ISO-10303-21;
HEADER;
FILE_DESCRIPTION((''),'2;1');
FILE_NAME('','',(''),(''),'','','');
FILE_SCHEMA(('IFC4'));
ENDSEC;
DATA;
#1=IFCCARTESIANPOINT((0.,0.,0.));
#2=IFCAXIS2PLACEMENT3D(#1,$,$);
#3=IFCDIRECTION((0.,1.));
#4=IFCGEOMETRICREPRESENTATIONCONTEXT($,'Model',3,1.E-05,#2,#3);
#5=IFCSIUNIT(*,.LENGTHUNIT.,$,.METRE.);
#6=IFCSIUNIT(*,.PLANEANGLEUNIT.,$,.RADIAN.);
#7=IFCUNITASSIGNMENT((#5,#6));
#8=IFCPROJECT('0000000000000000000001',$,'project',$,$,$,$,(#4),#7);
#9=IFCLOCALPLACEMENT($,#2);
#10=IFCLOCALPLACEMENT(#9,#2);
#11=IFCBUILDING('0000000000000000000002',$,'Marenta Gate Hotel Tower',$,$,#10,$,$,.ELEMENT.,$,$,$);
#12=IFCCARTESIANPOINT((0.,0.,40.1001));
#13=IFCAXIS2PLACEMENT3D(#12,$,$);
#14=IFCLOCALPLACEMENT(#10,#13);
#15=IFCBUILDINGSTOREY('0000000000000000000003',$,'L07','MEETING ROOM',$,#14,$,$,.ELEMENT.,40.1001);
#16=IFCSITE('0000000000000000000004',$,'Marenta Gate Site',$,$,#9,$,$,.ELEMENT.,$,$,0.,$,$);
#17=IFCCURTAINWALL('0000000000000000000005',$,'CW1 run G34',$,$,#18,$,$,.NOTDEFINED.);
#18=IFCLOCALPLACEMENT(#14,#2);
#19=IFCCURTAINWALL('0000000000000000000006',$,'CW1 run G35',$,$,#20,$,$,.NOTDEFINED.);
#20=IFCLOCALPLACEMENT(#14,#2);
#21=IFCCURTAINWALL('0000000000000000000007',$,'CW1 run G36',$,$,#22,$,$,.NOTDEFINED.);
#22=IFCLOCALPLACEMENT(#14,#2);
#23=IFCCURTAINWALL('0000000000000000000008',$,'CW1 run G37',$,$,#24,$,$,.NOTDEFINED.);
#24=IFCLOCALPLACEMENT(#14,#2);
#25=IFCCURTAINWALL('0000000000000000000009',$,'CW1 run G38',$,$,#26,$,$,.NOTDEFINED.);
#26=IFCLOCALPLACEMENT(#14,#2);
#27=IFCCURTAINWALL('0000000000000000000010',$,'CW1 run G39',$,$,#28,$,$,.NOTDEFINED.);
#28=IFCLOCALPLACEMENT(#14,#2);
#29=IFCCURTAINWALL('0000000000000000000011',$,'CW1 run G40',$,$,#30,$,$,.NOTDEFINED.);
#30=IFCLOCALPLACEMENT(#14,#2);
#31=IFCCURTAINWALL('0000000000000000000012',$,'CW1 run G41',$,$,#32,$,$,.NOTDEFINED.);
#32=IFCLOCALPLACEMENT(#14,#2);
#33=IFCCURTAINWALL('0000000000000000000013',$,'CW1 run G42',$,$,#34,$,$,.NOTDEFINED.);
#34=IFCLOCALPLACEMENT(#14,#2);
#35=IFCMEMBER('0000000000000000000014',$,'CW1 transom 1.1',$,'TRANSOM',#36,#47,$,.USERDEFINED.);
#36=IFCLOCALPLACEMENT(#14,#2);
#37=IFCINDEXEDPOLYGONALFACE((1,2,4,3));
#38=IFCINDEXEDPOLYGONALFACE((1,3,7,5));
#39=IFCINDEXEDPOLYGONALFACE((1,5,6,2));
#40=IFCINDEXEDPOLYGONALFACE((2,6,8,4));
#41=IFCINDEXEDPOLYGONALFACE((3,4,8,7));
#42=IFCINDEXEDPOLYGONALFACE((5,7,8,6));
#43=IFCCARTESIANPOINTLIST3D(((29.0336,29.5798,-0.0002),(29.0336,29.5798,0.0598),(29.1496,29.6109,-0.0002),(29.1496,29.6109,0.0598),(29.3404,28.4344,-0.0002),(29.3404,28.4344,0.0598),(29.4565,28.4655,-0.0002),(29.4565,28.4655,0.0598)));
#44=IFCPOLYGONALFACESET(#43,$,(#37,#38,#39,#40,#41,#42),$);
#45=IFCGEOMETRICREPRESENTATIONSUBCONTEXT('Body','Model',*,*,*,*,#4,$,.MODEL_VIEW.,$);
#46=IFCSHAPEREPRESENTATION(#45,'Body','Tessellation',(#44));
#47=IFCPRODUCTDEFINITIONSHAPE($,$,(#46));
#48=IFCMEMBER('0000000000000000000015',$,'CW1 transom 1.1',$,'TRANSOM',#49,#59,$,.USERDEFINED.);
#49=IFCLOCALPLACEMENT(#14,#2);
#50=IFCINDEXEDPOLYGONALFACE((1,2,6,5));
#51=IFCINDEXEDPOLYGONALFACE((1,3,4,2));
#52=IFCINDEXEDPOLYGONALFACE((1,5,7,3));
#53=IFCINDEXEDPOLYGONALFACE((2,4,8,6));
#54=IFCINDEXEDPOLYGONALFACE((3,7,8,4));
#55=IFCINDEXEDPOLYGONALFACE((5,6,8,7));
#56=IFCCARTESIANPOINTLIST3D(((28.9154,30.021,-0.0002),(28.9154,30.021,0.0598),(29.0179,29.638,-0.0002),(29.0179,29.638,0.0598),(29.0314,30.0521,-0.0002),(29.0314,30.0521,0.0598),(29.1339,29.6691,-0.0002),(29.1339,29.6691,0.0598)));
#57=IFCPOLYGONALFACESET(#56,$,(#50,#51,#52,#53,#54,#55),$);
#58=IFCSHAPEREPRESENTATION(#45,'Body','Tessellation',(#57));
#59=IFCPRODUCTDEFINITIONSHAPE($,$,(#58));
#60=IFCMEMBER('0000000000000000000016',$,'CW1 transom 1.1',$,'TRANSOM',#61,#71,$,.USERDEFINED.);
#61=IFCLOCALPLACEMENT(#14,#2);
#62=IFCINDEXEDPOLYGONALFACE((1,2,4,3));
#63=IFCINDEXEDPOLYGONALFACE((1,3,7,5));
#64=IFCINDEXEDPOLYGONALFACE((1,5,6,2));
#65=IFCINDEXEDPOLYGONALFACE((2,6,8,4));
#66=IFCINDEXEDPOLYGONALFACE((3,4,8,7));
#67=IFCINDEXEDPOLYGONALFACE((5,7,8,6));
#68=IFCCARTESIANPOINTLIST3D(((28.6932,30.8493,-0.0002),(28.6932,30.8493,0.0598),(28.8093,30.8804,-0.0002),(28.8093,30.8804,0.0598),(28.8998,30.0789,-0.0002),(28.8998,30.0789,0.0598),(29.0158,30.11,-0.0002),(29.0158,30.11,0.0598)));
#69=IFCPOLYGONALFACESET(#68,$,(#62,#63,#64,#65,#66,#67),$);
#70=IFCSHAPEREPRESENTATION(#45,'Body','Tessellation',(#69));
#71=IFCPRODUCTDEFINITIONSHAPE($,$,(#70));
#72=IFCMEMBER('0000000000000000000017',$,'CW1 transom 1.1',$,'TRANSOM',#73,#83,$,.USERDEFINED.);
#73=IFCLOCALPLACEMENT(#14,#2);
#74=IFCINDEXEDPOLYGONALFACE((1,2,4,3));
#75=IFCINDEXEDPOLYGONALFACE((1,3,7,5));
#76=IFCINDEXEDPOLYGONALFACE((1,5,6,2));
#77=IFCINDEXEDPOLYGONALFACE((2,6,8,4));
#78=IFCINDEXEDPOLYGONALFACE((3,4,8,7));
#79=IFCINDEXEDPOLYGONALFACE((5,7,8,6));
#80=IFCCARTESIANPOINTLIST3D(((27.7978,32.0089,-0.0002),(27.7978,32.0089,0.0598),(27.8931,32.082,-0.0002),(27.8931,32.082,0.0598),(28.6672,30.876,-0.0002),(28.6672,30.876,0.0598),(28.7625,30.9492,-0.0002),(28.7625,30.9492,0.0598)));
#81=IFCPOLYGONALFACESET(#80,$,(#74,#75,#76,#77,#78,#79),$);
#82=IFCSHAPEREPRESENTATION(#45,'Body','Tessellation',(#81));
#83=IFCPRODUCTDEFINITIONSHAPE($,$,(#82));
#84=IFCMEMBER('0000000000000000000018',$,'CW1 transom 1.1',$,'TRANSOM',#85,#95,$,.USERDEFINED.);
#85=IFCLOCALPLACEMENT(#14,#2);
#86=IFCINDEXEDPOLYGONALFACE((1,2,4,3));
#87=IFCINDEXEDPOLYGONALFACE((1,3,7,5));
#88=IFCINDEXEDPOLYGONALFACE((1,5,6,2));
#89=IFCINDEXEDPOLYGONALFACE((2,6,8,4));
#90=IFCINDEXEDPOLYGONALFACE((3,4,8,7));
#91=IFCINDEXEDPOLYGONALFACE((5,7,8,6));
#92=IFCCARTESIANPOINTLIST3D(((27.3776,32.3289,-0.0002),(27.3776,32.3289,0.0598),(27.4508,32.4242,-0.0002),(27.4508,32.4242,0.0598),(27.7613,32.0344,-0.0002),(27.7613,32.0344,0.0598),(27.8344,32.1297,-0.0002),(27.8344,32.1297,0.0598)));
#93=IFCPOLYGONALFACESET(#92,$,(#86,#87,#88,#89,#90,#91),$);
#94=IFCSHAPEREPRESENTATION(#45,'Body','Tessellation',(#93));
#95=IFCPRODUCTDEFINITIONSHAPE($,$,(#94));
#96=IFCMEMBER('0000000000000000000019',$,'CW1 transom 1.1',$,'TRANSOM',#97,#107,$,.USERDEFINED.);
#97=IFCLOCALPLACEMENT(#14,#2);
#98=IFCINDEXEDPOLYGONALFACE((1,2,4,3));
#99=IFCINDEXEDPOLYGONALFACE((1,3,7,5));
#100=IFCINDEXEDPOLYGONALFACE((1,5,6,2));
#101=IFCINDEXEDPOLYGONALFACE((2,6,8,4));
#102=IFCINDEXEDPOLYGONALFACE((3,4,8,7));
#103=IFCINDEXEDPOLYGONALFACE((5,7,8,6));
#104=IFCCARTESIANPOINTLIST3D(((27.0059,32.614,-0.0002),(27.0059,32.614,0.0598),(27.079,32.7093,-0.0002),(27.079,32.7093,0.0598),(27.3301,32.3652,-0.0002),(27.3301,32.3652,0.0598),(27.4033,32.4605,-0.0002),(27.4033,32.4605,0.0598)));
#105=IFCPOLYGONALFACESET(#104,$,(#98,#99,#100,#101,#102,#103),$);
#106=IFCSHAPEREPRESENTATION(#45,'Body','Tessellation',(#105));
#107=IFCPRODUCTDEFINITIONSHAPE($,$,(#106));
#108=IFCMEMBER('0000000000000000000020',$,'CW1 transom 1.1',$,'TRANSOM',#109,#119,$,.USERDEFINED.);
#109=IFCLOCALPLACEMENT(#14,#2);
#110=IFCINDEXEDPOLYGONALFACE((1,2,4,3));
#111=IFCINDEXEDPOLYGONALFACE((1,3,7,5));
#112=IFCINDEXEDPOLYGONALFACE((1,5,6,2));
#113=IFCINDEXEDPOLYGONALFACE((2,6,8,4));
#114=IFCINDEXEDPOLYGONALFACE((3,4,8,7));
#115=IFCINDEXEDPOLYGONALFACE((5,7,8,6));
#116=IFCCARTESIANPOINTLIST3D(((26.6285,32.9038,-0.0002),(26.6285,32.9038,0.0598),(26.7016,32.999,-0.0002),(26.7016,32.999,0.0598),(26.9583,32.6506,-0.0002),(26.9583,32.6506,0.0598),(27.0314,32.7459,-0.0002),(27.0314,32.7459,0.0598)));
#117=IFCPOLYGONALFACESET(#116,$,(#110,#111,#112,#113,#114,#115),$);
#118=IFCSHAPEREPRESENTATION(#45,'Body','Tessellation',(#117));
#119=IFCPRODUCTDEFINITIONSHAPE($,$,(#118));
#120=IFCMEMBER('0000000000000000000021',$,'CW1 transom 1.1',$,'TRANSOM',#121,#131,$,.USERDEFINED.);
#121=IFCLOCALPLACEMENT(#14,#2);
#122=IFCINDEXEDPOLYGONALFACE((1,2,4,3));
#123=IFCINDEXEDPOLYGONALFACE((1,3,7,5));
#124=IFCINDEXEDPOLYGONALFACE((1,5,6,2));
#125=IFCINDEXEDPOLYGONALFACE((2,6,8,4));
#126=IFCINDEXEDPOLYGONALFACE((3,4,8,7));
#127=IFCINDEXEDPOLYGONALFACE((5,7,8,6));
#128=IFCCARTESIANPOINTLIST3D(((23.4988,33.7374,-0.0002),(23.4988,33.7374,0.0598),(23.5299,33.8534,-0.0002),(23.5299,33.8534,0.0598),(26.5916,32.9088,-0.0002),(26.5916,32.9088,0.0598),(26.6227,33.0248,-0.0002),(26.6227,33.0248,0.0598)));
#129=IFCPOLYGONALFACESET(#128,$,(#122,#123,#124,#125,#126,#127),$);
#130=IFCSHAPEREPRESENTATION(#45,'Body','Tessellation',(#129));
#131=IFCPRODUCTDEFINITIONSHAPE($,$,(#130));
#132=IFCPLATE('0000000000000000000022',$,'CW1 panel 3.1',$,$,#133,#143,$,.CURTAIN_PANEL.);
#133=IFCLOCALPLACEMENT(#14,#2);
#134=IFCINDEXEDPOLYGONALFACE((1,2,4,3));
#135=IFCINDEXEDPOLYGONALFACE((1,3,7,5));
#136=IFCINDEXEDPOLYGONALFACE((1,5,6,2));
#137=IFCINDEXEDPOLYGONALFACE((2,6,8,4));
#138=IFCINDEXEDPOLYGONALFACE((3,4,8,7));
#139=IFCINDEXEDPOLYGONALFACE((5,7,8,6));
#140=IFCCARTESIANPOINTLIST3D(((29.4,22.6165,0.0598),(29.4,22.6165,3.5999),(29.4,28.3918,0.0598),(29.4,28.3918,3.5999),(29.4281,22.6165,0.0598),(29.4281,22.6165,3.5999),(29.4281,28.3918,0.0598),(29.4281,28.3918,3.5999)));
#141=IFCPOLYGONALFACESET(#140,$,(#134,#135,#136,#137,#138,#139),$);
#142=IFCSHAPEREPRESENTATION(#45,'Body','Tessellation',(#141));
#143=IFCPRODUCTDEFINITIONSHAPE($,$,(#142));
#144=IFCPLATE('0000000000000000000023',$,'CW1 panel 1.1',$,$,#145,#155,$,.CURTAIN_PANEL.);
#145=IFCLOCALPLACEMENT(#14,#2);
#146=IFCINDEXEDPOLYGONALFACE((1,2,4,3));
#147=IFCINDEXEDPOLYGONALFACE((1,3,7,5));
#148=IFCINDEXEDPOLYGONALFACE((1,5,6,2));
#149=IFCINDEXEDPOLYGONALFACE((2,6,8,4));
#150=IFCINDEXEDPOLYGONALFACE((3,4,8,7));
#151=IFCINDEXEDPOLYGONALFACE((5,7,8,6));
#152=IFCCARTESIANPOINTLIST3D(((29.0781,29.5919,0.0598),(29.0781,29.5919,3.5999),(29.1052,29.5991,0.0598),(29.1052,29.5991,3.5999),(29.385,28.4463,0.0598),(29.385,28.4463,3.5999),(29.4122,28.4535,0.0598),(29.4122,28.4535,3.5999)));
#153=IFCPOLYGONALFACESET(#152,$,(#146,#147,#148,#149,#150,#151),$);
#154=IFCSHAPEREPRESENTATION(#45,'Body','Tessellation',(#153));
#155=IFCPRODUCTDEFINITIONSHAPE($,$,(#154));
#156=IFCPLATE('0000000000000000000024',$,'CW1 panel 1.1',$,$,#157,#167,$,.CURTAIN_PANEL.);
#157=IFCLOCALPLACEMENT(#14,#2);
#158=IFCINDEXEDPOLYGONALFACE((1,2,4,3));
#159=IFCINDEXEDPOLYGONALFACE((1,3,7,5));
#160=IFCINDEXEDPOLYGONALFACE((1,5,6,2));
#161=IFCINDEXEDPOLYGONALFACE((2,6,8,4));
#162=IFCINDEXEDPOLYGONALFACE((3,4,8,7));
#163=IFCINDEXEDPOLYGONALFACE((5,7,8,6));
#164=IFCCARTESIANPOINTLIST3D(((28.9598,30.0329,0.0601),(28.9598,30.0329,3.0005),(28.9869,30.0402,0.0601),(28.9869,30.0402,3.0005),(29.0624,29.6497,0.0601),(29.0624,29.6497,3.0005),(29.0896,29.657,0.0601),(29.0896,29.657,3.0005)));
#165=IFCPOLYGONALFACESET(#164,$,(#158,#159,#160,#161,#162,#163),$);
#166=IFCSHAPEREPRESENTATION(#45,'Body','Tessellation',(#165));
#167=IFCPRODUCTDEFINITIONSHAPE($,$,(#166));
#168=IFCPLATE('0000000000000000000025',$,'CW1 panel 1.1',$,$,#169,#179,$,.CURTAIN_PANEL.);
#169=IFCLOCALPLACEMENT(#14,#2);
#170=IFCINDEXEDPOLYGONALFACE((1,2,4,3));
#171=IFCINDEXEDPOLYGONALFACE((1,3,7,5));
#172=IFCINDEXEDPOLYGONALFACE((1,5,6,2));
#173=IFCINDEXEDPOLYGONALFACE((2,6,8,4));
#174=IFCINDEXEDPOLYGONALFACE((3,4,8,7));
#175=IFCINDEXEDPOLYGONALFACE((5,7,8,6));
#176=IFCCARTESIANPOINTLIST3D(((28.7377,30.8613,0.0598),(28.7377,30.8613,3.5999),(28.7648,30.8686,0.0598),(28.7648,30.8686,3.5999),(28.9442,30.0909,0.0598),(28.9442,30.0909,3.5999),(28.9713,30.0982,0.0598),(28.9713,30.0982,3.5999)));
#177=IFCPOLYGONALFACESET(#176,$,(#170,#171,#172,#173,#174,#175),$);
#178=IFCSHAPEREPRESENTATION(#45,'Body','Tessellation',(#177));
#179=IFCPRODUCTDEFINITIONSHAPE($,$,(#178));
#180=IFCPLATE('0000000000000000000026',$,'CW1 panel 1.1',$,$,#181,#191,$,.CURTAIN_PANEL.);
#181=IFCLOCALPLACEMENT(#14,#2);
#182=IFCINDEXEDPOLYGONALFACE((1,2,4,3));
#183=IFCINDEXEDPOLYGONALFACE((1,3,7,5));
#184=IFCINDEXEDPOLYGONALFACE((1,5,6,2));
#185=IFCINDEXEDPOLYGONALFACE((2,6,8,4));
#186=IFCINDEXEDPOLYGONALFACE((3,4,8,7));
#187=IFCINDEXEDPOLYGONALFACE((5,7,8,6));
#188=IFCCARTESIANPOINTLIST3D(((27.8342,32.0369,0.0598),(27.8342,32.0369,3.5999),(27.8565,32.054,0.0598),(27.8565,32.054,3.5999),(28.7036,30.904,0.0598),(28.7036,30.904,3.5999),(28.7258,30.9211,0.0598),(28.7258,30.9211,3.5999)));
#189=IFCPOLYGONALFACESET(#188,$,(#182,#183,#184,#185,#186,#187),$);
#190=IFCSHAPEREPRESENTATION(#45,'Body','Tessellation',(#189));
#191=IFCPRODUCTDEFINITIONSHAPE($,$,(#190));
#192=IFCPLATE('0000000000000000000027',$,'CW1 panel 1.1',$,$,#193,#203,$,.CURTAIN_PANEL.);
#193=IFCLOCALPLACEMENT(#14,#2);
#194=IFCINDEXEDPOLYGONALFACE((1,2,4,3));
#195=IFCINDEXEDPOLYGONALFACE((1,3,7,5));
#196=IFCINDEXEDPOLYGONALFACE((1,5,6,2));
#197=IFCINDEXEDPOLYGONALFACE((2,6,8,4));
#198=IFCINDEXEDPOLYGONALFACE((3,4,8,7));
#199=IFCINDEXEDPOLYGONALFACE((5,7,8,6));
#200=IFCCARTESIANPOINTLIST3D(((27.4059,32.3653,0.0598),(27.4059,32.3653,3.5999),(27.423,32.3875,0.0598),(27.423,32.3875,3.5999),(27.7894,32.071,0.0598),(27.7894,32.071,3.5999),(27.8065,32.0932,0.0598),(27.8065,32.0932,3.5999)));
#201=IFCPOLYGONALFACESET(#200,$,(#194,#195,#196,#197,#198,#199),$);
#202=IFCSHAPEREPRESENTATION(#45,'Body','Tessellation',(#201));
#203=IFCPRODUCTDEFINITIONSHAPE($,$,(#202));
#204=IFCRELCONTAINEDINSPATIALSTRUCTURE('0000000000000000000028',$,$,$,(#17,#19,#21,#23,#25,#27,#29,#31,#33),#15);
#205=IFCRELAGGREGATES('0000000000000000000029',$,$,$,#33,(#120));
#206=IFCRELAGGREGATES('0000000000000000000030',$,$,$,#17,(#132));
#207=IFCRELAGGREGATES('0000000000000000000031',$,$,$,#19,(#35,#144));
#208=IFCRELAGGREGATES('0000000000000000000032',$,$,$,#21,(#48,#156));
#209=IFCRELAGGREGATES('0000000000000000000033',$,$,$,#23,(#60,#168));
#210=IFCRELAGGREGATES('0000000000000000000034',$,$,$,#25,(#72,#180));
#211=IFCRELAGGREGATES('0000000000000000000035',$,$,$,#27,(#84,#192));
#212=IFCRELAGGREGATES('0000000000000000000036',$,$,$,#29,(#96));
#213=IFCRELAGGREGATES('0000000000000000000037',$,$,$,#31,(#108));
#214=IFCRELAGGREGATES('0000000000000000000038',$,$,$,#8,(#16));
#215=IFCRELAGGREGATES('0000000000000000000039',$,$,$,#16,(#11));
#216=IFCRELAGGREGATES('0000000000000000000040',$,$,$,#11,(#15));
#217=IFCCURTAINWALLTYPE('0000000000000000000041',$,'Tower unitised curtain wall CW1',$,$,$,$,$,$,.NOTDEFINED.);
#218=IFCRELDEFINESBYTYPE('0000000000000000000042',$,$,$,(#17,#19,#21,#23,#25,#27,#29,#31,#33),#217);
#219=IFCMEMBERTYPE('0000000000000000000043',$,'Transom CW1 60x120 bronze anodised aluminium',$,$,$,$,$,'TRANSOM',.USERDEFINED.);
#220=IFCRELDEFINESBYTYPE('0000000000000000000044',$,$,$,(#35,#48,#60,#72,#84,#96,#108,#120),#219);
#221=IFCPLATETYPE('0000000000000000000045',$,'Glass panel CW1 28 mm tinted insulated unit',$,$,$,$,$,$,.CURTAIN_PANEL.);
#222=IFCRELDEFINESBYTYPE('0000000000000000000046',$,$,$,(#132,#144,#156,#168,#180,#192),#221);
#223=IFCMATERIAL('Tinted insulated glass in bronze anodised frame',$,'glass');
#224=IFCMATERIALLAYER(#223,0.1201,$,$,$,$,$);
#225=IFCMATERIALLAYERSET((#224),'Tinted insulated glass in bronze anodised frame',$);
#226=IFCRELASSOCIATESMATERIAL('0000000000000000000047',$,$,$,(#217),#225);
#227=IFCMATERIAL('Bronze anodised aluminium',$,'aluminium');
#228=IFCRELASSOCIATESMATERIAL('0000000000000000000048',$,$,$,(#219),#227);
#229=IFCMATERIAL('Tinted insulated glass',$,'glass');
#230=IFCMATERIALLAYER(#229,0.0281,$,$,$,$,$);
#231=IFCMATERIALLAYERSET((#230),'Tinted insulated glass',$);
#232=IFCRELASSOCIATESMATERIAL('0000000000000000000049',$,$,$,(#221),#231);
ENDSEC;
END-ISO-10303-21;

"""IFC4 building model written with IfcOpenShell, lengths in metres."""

from ifc_helpers import new_model, si_unit, direction, frame, origin, origin_2d, place, context, subcontext, project, spatial, rectangle, extrude, material, layer, layer_set, material_profile, profile_set, type_object, element, aggregate, save


model = new_model("IFC4")

# Units and contexts
model_context = context("Model", 3, precision=1e-05, world=origin(), true_north=direction((0.0, 1.0)))
body_context = subcontext(model_context, "Body", "Model", "MODEL_VIEW")
ifc_project = project(units=[si_unit("LENGTHUNIT", "METRE"), si_unit("PLANEANGLEUNIT", "RADIAN")], contexts=[model_context])

# Site, building, storey
site_placement = place(None, origin())
site = spatial("IfcSite", under=ifc_project, at=site_placement, Name="Marenta Gate Site", CompositionType="ELEMENT", RefElevation=0.0)
building_placement = place(site_placement, origin())
building = spatial("IfcBuilding", under=site, at=building_placement, Name="Marenta Gate Hotel Tower", CompositionType="ELEMENT")
storey_placement = place(building_placement, frame((0.0, 0.0, 40.1001)))
storey = spatial("IfcBuildingStorey", under=building, at=storey_placement, Name="L07", Description="MEETING ROOM", CompositionType="ELEMENT", Elevation=40.1001)

# Curtain walls
ifc_material_1 = material(Name="Tinted insulated glass in bronze anodised frame", Category="glass")
ifc_layer_1 = layer(ifc_material_1, 0.1201)
ifc_layer_set_1 = layer_set([ifc_layer_1], Name="Tinted insulated glass in bronze anodised frame")
curtain_wall_type = type_object("IfcCurtainWallType", Name="Tower unitised curtain wall CW1", PredefinedType="NOTDEFINED", material=ifc_layer_set_1)
curtain_wall_1_placement = place(storey_placement, origin())
curtain_wall_1 = element("IfcCurtainWall", 1, at=curtain_wall_1_placement, inside=storey, type_object=curtain_wall_type, Name="CW1 run G34", PredefinedType="NOTDEFINED")
curtain_wall_2_placement = place(storey_placement, origin())
curtain_wall_2 = element("IfcCurtainWall", 2, at=curtain_wall_2_placement, inside=storey, type_object=curtain_wall_type, Name="CW1 run G35", PredefinedType="NOTDEFINED")
curtain_wall_3_placement = place(storey_placement, origin())
curtain_wall_3 = element("IfcCurtainWall", 3, at=curtain_wall_3_placement, inside=storey, type_object=curtain_wall_type, Name="CW1 run G36", PredefinedType="NOTDEFINED")
curtain_wall_4_placement = place(storey_placement, origin())
curtain_wall_4 = element("IfcCurtainWall", 4, at=curtain_wall_4_placement, inside=storey, type_object=curtain_wall_type, Name="CW1 run G37", PredefinedType="NOTDEFINED")
curtain_wall_5_placement = place(storey_placement, origin())
curtain_wall_5 = element("IfcCurtainWall", 5, at=curtain_wall_5_placement, inside=storey, type_object=curtain_wall_type, Name="CW1 run G38", PredefinedType="NOTDEFINED")
curtain_wall_6_placement = place(storey_placement, origin())
curtain_wall_6 = element("IfcCurtainWall", 6, at=curtain_wall_6_placement, inside=storey, type_object=curtain_wall_type, Name="CW1 run G39", PredefinedType="NOTDEFINED")
curtain_wall_7_placement = place(storey_placement, origin())
curtain_wall_7 = element("IfcCurtainWall", 7, at=curtain_wall_7_placement, inside=storey, type_object=curtain_wall_type, Name="CW1 run G40", PredefinedType="NOTDEFINED")
curtain_wall_8_placement = place(storey_placement, origin())
curtain_wall_8 = element("IfcCurtainWall", 8, at=curtain_wall_8_placement, inside=storey, type_object=curtain_wall_type, Name="CW1 run G41", PredefinedType="NOTDEFINED")
curtain_wall_9_placement = place(storey_placement, origin())
curtain_wall_9 = element("IfcCurtainWall", 9, at=curtain_wall_9_placement, inside=storey, type_object=curtain_wall_type, Name="CW1 run G42", PredefinedType="NOTDEFINED")

# Members
ifc_material_2 = material(Name="Bronze anodised aluminium", Category="aluminium")
ifc_material_profile_1 = material_profile(ifc_material_2, rectangle(XDim=0.1201, YDim=0.0601, at=origin_2d()), Name="Transom CW1 60x120 bronze anodised aluminium")
ifc_profile_set_1 = profile_set([ifc_material_profile_1], Name="Bronze anodised aluminium")
member_type_1 = type_object("IfcMemberType", Name="Transom CW1 60x120 bronze anodised aluminium", ElementType="TRANSOM", PredefinedType="USERDEFINED", material=ifc_profile_set_1)
member_1_placement = place(storey_placement, frame((29.3984, 28.45, 0.0298), z_axis=(-0.258777, 0.965937, 0.0), x_axis=(-0.965937, -0.258777, 0.0)))
member_1 = element("IfcMember", 10, at=member_1_placement, type_object=member_type_1, Name="CW1 transom 1.1", ObjectType="TRANSOM", PredefinedType="USERDEFINED", context=body_context, shape_type="SweptSolid", body=[
    extrude(rectangle(XDim=0.1201, YDim=0.0601, at=origin_2d()), origin(), (0.0, 0.0, 1.0), 1.1858),
])
member_2_placement = place(storey_placement, frame((29.0759, 29.6536, 0.0298), z_axis=(-0.258582, 0.965989, 0.0), x_axis=(-0.965989, -0.258582, 0.0)))
member_2 = element("IfcMember", 11, at=member_2_placement, type_object=member_type_1, Name="CW1 transom 1.1", ObjectType="TRANSOM", PredefinedType="USERDEFINED", context=body_context, shape_type="SweptSolid", body=[
    extrude(rectangle(XDim=0.1201, YDim=0.0601, at=origin_2d()), origin(), (0.0, 0.0, 1.0), 0.3965),
])
member_3_placement = place(storey_placement, frame((28.9578, 30.0945, 0.0298), z_axis=(-0.25892, 0.965899, 0.0), x_axis=(-0.965899, -0.25892, 0.0)))
member_3 = element("IfcMember", 12, at=member_3_placement, type_object=member_type_1, Name="CW1 transom 1.1", ObjectType="TRANSOM", PredefinedType="USERDEFINED", context=body_context, shape_type="SweptSolid", body=[
    extrude(rectangle(XDim=0.1201, YDim=0.0601, at=origin_2d()), origin(), (0.0, 0.0, 1.0), 0.7976),
])
member_4_placement = place(storey_placement, frame((28.7148, 30.9126, 0.0298), z_axis=(-0.608826, 0.793304, 0.0), x_axis=(-0.793304, -0.608826, 0.0)))
member_4 = element("IfcMember", 13, at=member_4_placement, type_object=member_type_1, Name="CW1 transom 1.1", ObjectType="TRANSOM", PredefinedType="USERDEFINED", context=body_context, shape_type="SweptSolid", body=[
    extrude(rectangle(XDim=0.1201, YDim=0.0601, at=origin_2d()), origin(), (0.0, 0.0, 1.0), 1.428),
])
member_5_placement = place(storey_placement, frame((27.7979, 32.082, 0.0298), z_axis=(-0.793224, 0.60893, 0.0), x_axis=(-0.60893, -0.793224, 0.0)))
member_5 = element("IfcMember", 14, at=member_5_placement, type_object=member_type_1, Name="CW1 transom 1.1", ObjectType="TRANSOM", PredefinedType="USERDEFINED", context=body_context, shape_type="SweptSolid", body=[
    extrude(rectangle(XDim=0.1201, YDim=0.0601, at=origin_2d()), origin(), (0.0, 0.0, 1.0), 0.4836),
])
member_6_placement = place(storey_placement, frame((27.3667, 32.4128, 0.0298), z_axis=(-0.793356, 0.608758, 0.0), x_axis=(-0.608758, -0.793356, 0.0)))
member_6 = element("IfcMember", 15, at=member_6_placement, type_object=member_type_1, Name="CW1 transom 1.1", ObjectType="TRANSOM", PredefinedType="USERDEFINED", context=body_context, shape_type="SweptSolid", body=[
    extrude(rectangle(XDim=0.1201, YDim=0.0601, at=origin_2d()), origin(), (0.0, 0.0, 1.0), 0.4087),
])
member_7_placement = place(storey_placement, frame((26.9949, 32.6982, 0.0298), z_axis=(-0.793257, 0.608888, 0.0), x_axis=(-0.608888, -0.793257, 0.0)))
member_7 = element("IfcMember", 16, at=member_7_placement, type_object=member_type_1, Name="CW1 transom 1.1", ObjectType="TRANSOM", PredefinedType="USERDEFINED", context=body_context, shape_type="SweptSolid", body=[
    extrude(rectangle(XDim=0.1201, YDim=0.0601, at=origin_2d()), origin(), (0.0, 0.0, 1.0), 0.4158),
])
member_8_placement = place(storey_placement, frame((26.6072, 32.9668, 0.0298), z_axis=(-0.965933, 0.258792, 0.0), x_axis=(-0.258792, -0.965933, 0.0)))
member_8 = element("IfcMember", 17, at=member_8_placement, type_object=member_type_1, Name="CW1 transom 1.1", ObjectType="TRANSOM", PredefinedType="USERDEFINED", context=body_context, shape_type="SweptSolid", body=[
    extrude(rectangle(XDim=0.1201, YDim=0.0601, at=origin_2d()), origin(), (0.0, 0.0, 1.0), 3.2019),
])
aggregate(curtain_wall_9, [member_8])

# Plates
ifc_material_3 = material(Name="Tinted insulated glass", Category="glass")
ifc_layer_2 = layer(ifc_material_3, 0.0281)
ifc_layer_set_2 = layer_set([ifc_layer_2], Name="Tinted insulated glass")
plate_type = type_object("IfcPlateType", Name="Glass panel CW1 28 mm tinted insulated unit", PredefinedType="CURTAIN_PANEL", material=ifc_layer_set_2)
plate_1_placement = place(storey_placement, frame((29.4141, 25.5042, 0.0598), z_axis=(0.0, 0.0, 1.0), x_axis=(0.0, 1.0, 0.0)))
plate_1 = element("IfcPlate", 18, at=plate_1_placement, type_object=plate_type, Name="CW1 panel 3.1", PredefinedType="CURTAIN_PANEL", context=body_context, shape_type="SweptSolid", body=[
    extrude(rectangle(XDim=5.7754, YDim=0.0281, at=origin_2d()), origin(), (0.0, 0.0, 1.0), 3.54),
])
aggregate(curtain_wall_1, [plate_1])
plate_2_placement = place(storey_placement, frame((29.2451, 29.0227, 0.0598), z_axis=(0.0, 0.0, 1.0), x_axis=(-0.258816, 0.965927, 0.0)))
plate_2 = element("IfcPlate", 19, at=plate_2_placement, type_object=plate_type, Name="CW1 panel 1.1", PredefinedType="CURTAIN_PANEL", context=body_context, shape_type="SweptSolid", body=[
    extrude(rectangle(XDim=1.186, YDim=0.0281, at=origin_2d()), origin(), (0.0, 0.0, 1.0), 3.54),
])
aggregate(curtain_wall_2, [member_1, plate_2])
plate_3_placement = place(storey_placement, frame((29.0247, 29.845, 0.0601), z_axis=(0.0, 0.0, 1.0), x_axis=(-0.258835, 0.965922, 0.0)))
plate_3 = element("IfcPlate", 20, at=plate_3_placement, type_object=plate_type, Name="CW1 panel 1.1", PredefinedType="CURTAIN_PANEL", context=body_context, shape_type="SweptSolid", body=[
    extrude(rectangle(XDim=0.3967, YDim=0.0281, at=origin_2d()), origin(), (0.0, 0.0, 1.0), 2.9404),
])
aggregate(curtain_wall_3, [member_2, plate_3])
plate_4_placement = place(storey_placement, frame((28.8545, 30.4797, 0.0598), z_axis=(0.0, 0.0, 1.0), x_axis=(-0.258823, 0.965925, 0.0)))
plate_4 = element("IfcPlate", 21, at=plate_4_placement, type_object=plate_type, Name="CW1 panel 1.1", PredefinedType="CURTAIN_PANEL", context=body_context, shape_type="SweptSolid", body=[
    extrude(rectangle(XDim=0.7976, YDim=0.0281, at=origin_2d()), origin(), (0.0, 0.0, 1.0), 3.54),
])
aggregate(curtain_wall_4, [member_3, plate_4])
plate_5_placement = place(storey_placement, frame((28.28, 31.479, 0.0598), z_axis=(0.0, 0.0, 1.0), x_axis=(-0.608781, 0.793338, 0.0)))
plate_5 = element("IfcPlate", 22, at=plate_5_placement, type_object=plate_type, Name="CW1 panel 1.1", PredefinedType="CURTAIN_PANEL", context=body_context, shape_type="SweptSolid", body=[
    extrude(rectangle(XDim=1.428, YDim=0.0281, at=origin_2d()), origin(), (0.0, 0.0, 1.0), 3.54),
])
aggregate(curtain_wall_5, [member_4, plate_5])
plate_6_placement = place(storey_placement, frame((27.6062, 32.2292, 0.0598), z_axis=(0.0, 0.0, 1.0), x_axis=(-0.793328, 0.608795, 0.0)))
plate_6 = element("IfcPlate", 23, at=plate_6_placement, type_object=plate_type, Name="CW1 panel 1.1", PredefinedType="CURTAIN_PANEL", context=body_context, shape_type="SweptSolid", body=[
    extrude(rectangle(XDim=0.4834, YDim=0.0281, at=origin_2d()), origin(), (0.0, 0.0, 1.0), 3.54),
])
aggregate(curtain_wall_6, [member_5, plate_6])
aggregate(curtain_wall_7, [member_6])
aggregate(curtain_wall_8, [member_7])

save(model, "model.ifc")
